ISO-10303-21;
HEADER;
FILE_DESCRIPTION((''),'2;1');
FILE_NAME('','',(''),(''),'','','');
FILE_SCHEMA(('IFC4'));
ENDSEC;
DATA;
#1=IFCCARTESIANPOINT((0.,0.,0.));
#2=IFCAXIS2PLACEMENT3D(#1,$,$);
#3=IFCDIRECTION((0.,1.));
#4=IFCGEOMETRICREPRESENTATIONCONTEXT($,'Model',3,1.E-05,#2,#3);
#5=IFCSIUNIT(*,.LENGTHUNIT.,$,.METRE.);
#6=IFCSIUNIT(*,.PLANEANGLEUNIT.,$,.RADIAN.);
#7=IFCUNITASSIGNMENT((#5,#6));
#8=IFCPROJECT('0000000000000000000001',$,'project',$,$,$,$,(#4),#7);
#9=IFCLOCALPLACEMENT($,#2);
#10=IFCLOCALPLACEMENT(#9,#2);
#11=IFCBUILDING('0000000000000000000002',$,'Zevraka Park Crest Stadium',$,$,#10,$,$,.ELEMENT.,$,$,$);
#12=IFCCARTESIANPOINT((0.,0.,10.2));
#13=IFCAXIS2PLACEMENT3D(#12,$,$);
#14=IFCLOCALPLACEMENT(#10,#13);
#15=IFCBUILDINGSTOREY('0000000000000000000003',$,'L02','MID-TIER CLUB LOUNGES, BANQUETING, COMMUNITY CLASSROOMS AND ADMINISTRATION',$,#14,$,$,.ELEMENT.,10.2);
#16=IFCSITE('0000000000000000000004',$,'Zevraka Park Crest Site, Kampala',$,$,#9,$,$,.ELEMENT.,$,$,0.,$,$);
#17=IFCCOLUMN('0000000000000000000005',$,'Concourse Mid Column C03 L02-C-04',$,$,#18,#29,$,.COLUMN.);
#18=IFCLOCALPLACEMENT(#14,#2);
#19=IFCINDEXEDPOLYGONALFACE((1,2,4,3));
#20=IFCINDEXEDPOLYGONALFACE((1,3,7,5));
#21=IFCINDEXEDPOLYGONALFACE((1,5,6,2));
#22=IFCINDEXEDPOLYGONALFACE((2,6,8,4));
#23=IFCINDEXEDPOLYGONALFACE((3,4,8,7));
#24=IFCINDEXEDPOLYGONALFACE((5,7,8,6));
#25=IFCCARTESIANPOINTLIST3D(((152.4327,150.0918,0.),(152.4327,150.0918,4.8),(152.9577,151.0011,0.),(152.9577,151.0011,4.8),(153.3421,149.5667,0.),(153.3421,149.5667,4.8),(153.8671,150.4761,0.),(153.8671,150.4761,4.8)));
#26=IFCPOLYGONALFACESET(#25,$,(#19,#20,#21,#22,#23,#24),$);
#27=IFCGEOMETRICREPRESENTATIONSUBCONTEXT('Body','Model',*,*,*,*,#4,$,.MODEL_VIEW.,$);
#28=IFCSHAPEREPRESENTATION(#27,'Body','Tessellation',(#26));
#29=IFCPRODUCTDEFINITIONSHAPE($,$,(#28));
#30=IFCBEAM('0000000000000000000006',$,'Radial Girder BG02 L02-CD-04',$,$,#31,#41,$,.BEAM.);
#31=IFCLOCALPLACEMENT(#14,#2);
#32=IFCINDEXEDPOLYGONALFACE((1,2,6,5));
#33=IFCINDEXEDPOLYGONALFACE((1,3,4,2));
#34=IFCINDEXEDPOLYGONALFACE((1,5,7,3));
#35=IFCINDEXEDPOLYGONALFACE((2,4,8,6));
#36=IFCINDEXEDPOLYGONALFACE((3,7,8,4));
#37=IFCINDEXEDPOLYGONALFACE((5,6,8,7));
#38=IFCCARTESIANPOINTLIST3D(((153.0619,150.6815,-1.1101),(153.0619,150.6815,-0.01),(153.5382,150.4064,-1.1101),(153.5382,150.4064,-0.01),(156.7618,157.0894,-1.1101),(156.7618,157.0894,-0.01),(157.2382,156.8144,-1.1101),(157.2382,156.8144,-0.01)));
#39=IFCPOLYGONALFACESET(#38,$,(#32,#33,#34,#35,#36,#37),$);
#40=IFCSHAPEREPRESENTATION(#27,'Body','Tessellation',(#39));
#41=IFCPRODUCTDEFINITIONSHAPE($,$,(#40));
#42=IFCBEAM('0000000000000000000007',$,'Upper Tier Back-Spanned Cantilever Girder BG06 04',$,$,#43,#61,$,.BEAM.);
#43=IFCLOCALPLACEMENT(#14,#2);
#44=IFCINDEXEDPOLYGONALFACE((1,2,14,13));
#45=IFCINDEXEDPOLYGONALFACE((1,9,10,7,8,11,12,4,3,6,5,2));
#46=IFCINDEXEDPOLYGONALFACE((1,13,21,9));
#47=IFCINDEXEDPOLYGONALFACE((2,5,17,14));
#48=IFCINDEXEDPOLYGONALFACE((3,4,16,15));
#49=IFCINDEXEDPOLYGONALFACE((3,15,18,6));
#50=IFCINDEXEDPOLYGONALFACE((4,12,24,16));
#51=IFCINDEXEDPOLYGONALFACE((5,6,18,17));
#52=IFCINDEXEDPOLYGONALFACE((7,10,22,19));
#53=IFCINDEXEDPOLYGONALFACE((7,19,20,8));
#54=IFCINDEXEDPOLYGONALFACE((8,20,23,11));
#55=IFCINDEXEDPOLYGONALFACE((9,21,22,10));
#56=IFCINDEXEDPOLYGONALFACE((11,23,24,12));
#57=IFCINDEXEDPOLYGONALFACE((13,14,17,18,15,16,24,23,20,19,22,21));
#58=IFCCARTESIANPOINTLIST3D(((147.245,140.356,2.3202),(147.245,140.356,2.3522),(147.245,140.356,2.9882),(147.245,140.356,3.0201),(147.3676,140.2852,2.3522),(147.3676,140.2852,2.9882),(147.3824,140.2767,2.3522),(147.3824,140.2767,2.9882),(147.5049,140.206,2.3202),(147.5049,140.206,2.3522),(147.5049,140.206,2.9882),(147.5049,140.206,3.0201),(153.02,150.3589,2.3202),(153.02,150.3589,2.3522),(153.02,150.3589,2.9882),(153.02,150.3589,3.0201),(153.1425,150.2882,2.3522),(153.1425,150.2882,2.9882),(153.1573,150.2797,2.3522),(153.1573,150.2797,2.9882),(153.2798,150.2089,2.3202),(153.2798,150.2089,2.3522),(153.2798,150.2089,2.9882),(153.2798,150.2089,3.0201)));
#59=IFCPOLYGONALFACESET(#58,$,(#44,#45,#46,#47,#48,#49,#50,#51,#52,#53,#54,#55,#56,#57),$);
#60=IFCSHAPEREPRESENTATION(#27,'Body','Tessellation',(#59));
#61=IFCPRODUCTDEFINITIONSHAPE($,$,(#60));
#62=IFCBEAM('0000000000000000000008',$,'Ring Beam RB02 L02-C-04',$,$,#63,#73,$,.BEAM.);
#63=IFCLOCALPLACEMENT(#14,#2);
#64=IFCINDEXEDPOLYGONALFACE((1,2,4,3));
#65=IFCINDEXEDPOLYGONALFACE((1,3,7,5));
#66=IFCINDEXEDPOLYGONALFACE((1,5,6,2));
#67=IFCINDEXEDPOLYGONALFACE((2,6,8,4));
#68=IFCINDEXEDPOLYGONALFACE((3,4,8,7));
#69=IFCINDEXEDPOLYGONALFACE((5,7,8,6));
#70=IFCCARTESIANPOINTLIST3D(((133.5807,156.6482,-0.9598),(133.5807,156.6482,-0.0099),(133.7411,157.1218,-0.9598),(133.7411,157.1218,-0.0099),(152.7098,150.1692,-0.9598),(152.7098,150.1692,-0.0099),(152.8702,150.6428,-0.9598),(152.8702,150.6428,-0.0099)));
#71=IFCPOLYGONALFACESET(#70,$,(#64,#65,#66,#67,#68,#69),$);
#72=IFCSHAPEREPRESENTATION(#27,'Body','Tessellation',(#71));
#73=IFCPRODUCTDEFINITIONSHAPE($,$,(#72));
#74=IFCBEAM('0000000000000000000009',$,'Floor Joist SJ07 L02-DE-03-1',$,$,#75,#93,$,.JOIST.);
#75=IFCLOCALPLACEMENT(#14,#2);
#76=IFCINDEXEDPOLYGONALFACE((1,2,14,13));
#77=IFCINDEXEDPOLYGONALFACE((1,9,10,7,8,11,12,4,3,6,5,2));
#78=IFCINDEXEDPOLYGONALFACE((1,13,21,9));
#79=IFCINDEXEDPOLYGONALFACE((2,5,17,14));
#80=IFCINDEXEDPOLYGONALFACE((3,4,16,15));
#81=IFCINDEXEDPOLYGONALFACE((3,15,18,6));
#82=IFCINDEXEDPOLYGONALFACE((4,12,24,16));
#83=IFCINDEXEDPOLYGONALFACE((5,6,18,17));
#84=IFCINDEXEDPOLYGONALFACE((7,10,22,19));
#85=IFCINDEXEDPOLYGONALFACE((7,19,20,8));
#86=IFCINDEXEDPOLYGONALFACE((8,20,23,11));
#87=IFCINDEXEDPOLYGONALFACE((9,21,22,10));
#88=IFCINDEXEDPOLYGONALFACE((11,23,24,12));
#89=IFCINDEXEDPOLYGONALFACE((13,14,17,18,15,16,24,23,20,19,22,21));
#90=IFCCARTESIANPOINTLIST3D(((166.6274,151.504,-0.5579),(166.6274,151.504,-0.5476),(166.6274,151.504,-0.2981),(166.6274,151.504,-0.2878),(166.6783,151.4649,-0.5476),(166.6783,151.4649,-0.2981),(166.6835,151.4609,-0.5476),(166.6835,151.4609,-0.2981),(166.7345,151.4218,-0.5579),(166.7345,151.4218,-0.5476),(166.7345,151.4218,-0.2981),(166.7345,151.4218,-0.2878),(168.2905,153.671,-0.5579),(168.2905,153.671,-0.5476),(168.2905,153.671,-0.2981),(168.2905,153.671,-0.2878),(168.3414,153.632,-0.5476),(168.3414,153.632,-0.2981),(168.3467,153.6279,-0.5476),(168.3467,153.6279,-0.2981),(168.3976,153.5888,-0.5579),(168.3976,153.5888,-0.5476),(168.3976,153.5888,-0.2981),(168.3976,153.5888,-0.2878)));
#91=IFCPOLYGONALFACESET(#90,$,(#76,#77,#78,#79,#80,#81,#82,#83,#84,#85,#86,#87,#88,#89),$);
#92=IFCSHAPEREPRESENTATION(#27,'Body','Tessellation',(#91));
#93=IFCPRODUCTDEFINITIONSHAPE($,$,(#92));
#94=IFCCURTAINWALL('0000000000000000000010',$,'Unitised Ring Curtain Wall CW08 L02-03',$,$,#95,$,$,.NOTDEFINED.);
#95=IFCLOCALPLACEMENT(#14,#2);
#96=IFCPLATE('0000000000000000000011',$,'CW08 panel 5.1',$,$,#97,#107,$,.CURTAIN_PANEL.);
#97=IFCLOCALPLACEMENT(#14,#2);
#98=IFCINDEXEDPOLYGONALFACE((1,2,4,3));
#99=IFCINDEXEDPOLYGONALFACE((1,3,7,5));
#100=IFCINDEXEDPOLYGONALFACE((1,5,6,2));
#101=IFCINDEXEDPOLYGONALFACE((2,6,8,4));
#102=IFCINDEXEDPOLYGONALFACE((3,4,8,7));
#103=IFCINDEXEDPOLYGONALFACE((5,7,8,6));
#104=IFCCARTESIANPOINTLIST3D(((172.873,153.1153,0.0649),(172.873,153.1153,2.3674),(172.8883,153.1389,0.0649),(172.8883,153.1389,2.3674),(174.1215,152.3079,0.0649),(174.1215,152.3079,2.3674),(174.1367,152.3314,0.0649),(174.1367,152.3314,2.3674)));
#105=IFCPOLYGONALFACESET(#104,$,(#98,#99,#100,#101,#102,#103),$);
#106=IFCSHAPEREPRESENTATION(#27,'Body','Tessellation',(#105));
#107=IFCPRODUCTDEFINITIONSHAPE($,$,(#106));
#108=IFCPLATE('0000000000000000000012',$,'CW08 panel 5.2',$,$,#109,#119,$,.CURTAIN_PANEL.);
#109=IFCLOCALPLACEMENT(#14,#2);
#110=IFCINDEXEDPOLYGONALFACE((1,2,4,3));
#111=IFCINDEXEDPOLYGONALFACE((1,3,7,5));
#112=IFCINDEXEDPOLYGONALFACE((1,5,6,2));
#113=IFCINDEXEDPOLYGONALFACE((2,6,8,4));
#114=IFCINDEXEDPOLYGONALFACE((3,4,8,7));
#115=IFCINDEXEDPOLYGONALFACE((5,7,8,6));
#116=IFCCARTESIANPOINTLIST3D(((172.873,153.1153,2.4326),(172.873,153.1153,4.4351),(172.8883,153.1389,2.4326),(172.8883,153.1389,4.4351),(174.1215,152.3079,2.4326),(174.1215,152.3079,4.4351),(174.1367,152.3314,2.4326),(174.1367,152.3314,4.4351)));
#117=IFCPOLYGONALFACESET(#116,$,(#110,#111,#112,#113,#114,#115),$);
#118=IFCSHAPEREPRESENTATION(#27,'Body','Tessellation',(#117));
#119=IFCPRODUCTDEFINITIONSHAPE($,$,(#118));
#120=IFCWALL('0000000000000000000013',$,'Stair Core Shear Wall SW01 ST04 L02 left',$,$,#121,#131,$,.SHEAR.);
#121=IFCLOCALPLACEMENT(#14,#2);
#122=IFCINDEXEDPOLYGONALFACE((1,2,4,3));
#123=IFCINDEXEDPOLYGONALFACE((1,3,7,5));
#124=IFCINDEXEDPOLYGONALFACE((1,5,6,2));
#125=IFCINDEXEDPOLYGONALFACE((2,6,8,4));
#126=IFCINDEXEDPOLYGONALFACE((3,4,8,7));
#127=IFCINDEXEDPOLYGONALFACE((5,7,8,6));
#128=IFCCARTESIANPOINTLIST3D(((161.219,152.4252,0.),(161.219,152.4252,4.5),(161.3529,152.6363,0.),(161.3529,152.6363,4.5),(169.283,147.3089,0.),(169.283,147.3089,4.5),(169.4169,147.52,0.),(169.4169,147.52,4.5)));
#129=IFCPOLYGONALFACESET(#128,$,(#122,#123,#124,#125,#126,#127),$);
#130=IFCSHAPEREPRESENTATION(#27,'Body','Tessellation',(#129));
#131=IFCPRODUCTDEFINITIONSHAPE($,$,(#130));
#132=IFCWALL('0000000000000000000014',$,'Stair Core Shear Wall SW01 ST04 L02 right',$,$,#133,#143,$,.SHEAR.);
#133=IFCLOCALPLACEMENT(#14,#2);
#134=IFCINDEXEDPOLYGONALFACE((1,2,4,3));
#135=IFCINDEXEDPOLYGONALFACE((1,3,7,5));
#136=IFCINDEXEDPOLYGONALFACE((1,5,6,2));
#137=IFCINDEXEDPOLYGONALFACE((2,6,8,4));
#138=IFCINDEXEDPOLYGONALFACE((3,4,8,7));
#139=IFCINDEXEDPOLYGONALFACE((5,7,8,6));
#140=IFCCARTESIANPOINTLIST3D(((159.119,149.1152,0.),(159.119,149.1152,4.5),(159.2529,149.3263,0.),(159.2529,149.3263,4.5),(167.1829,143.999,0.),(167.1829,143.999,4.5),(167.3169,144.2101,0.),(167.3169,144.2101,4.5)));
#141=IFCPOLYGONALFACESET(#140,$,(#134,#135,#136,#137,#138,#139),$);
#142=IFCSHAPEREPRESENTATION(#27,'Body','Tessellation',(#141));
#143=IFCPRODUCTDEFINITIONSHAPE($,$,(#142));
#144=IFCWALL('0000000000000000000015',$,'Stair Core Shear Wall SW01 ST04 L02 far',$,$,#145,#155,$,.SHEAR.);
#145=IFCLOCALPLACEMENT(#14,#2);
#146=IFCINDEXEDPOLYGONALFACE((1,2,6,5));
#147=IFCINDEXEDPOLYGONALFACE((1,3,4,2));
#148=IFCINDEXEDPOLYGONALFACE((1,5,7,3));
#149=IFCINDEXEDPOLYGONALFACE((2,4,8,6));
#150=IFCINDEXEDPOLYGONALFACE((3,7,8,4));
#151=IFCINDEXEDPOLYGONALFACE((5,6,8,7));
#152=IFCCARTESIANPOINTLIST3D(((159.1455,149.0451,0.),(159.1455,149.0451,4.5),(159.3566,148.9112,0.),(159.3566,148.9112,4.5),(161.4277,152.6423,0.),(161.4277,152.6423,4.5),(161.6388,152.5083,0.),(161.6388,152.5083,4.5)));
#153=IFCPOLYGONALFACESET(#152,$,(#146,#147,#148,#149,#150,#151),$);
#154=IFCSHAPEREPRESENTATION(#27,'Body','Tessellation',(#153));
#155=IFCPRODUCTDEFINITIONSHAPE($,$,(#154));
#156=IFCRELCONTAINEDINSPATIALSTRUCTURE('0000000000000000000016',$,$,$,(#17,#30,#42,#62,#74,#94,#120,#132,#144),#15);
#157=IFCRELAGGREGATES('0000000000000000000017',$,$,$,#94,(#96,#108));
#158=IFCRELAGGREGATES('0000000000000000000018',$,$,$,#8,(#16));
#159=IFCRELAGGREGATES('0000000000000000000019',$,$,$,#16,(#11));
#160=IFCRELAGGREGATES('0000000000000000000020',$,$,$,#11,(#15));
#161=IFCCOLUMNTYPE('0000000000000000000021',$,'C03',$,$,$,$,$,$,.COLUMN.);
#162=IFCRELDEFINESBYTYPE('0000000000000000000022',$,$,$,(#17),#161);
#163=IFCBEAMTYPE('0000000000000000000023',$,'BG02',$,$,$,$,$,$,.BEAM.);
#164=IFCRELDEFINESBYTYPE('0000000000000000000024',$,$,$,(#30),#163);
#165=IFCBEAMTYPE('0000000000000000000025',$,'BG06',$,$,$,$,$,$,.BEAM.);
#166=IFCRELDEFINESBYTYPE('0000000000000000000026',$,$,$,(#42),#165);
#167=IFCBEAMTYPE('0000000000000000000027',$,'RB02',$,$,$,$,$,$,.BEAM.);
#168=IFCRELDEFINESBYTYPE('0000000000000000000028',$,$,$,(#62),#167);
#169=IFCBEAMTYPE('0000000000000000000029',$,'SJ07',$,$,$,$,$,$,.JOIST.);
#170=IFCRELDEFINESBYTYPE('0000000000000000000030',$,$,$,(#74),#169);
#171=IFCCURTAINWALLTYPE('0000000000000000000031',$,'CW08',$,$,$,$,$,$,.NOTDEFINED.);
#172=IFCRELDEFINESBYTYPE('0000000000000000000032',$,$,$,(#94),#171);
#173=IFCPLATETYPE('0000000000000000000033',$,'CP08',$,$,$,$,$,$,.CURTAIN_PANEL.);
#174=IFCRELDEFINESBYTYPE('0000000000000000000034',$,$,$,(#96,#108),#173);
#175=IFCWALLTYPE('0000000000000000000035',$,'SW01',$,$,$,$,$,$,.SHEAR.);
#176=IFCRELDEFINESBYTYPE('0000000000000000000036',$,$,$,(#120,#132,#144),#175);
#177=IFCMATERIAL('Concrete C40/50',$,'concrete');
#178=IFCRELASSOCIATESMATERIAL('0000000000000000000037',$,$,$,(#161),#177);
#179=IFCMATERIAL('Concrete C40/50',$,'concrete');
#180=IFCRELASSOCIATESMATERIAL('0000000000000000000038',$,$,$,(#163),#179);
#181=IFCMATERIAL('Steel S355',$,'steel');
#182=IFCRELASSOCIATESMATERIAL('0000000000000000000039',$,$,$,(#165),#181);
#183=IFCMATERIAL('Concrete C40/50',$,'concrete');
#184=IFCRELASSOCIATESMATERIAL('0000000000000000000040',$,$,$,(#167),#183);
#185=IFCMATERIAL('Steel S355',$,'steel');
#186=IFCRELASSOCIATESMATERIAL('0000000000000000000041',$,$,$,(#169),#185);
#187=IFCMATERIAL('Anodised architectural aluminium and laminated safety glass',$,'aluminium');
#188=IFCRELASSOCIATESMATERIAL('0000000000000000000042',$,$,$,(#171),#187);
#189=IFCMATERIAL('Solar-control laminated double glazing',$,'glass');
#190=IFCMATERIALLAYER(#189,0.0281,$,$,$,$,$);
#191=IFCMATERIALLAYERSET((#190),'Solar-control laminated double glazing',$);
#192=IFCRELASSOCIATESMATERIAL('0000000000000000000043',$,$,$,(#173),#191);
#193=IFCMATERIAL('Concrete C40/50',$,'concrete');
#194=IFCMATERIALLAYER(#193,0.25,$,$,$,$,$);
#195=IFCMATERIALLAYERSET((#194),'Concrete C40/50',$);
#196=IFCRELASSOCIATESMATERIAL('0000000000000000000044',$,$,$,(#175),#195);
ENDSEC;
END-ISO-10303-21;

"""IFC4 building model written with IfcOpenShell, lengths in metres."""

from ifc_helpers import new_model, si_unit, direction, frame, frame_2d, origin, origin_2d, place, context, subcontext, project, spatial, rectangle, i_section, extrude, material, layer, layer_set, material_profile, profile_set, type_object, element, aggregate, save


model = new_model("IFC4")

# Units and contexts
model_context = context("Model", 3, precision=1e-05, world=origin(), true_north=direction((0.0, 1.0)))
body_context = subcontext(model_context, "Body", "Model", "MODEL_VIEW")
ifc_project = project(units=[si_unit("LENGTHUNIT", "METRE"), si_unit("PLANEANGLEUNIT", "RADIAN")], contexts=[model_context])

# Site, building, storey
site_placement = place(None, origin())
site = spatial("IfcSite", under=ifc_project, at=site_placement, Name="Zevraka Park Crest Site, Kampala", CompositionType="ELEMENT", RefElevation=0.0)
building_placement = place(site_placement, origin())
building = spatial("IfcBuilding", under=site, at=building_placement, Name="Zevraka Park Crest Stadium", CompositionType="ELEMENT")
storey_placement = place(building_placement, frame((0.0, 0.0, 10.2)))
storey = spatial("IfcBuildingStorey", under=building, at=storey_placement, Name="L02", Description="MID-TIER CLUB LOUNGES, BANQUETING, COMMUNITY CLASSROOMS AND ADMINISTRATION", CompositionType="ELEMENT", Elevation=10.2)

# Column
ifc_material_1 = material(Name="Concrete C40/50", Category="concrete")
ifc_material_profile_1 = material_profile(ifc_material_1, rectangle(XDim=1.05, YDim=1.05, at=origin_2d()), Name="RC 1050x1050")
ifc_profile_set_1 = profile_set([ifc_material_profile_1], Name="Concrete C40/50")
column_type = type_object("IfcColumnType", Name="C03", PredefinedType="COLUMN", material=ifc_profile_set_1)
column_placement = place(storey_placement, frame((153.1499, 150.2839, 0.0), z_axis=(0.0, 0.0, 1.0), x_axis=(0.5, 0.866025, 0.0)))
element("IfcColumn", 1, at=column_placement, inside=storey, type_object=column_type, Name="Concourse Mid Column C03 L02-C-04", PredefinedType="COLUMN", context=body_context, shape_type="SweptSolid", body=[
    extrude(rectangle(XDim=1.05, YDim=1.05, at=origin_2d()), origin(), (0.0, 0.0, 1.0), 4.8),
])

# Beams
ifc_material_2 = material(Name="Concrete C40/50", Category="concrete")
ifc_material_profile_2 = material_profile(ifc_material_2, rectangle(XDim=0.55, YDim=1.1001, at=origin_2d()), Name="RC 1100x550")
ifc_profile_set_2 = profile_set([ifc_material_profile_2], Name="Concrete C40/50")
beam_type_1 = type_object("IfcBeamType", Name="BG02", PredefinedType="BEAM", material=ifc_profile_set_2)
beam_1_placement = place(storey_placement, frame((153.3, 150.5439, -0.5601), z_axis=(0.500032, 0.866007, 0.0), x_axis=(-0.866007, 0.500032, 0.0)))
element("IfcBeam", 2, at=beam_1_placement, inside=storey, type_object=beam_type_1, Name="Radial Girder BG02 L02-CD-04", PredefinedType="BEAM", context=body_context, shape_type="SweptSolid", body=[
    extrude(rectangle(XDim=0.55, YDim=1.1001, at=origin_2d()), origin(), (0.0, 0.0, 1.0), 7.3994),
])
ifc_material_3 = material(Name="Steel S355", Category="steel")
ifc_material_profile_3 = material_profile(ifc_material_3, i_section(OverallWidth=0.3, OverallDepth=0.7, WebThickness=0.0171, FlangeThickness=0.032, at=origin_2d()), Name="HEB 700")
ifc_profile_set_3 = profile_set([ifc_material_profile_3], Name="Steel S355")
beam_type_2 = type_object("IfcBeamType", Name="BG06", PredefinedType="BEAM", material=ifc_profile_set_3)
beam_2_placement = place(storey_placement, frame((153.1499, 150.2839, 2.6702), z_axis=(-0.499981, -0.866036, 0.0), x_axis=(0.866036, -0.499981, 0.0)))
element("IfcBeam", 3, at=beam_2_placement, inside=storey, type_object=beam_type_2, Name="Upper Tier Back-Spanned Cantilever Girder BG06 04", PredefinedType="BEAM", context=body_context, shape_type="SweptSolid", body=[
    extrude(i_section(OverallWidth=0.3, OverallDepth=0.7, WebThickness=0.0171, FlangeThickness=0.032, at=origin_2d()), origin(), (0.0, 0.0, 1.0), 11.5503),
])
ifc_material_4 = material(Name="Concrete C40/50", Category="concrete")
ifc_material_profile_4 = material_profile(ifc_material_4, rectangle(XDim=0.5, YDim=0.95, at=origin_2d()), Name="RC 950x500")
ifc_profile_set_4 = profile_set([ifc_material_profile_4], Name="Concrete C40/50")
beam_type_3 = type_object("IfcBeamType", Name="RB02", PredefinedType="BEAM", material=ifc_profile_set_4)
beam_3_placement = place(storey_placement, frame((152.79, 150.406, -0.4849), z_axis=(-0.947148, 0.320797, 0.0), x_axis=(-0.320797, -0.947148, 0.0)))
element("IfcBeam", 4, at=beam_3_placement, inside=storey, type_object=beam_type_3, Name="Ring Beam RB02 L02-C-04", PredefinedType="BEAM", context=body_context, shape_type="SweptSolid", body=[
    extrude(rectangle(XDim=0.5, YDim=0.95, at=origin_2d()), origin(), (0.0, 0.0, 1.0), 20.1965),
])
ifc_material_5 = material(Name="Steel S355", Category="steel")
ifc_material_profile_5 = material_profile(ifc_material_5, i_section(OverallWidth=0.135, OverallDepth=0.27, WebThickness=0.0066, FlangeThickness=0.0103, at=origin_2d()), Name="IPE 270")
ifc_profile_set_5 = profile_set([ifc_material_profile_5], Name="Steel S355")
beam_type_4 = type_object("IfcBeamType", Name="SJ07", PredefinedType="JOIST", material=ifc_profile_set_5)
beam_4_placement = place(storey_placement, frame((166.6809, 151.4629, -0.4229), z_axis=(0.608829, 0.793301, 0.0), x_axis=(-0.793301, 0.608829, 0.0)))
element("IfcBeam", 5, at=beam_4_placement, inside=storey, type_object=beam_type_4, Name="Floor Joist SJ07 L02-DE-03-1", PredefinedType="JOIST", context=body_context, shape_type="SweptSolid", body=[
    extrude(i_section(OverallWidth=0.135, OverallDepth=0.27, WebThickness=0.0066, FlangeThickness=0.0103, at=origin_2d()), origin(), (0.0, 0.0, 1.0), 2.7317),
])

# Curtain wall, plates
ifc_material_6 = material(Name="Anodised architectural aluminium and laminated safety glass", Category="aluminium")
curtain_wall_type = type_object("IfcCurtainWallType", Name="CW08", PredefinedType="NOTDEFINED", material=ifc_material_6)
curtain_wall_placement = place(storey_placement, origin())
curtain_wall = element("IfcCurtainWall", 6, at=curtain_wall_placement, inside=storey, type_object=curtain_wall_type, Name="Unitised Ring Curtain Wall CW08 L02-03", PredefinedType="NOTDEFINED")
ifc_material_7 = material(Name="Solar-control laminated double glazing", Category="glass")
ifc_layer_1 = layer(ifc_material_7, 0.0281)
ifc_layer_set_1 = layer_set([ifc_layer_1], Name="Solar-control laminated double glazing")
plate_type = type_object("IfcPlateType", Name="CP08", PredefinedType="CURTAIN_PANEL", material=ifc_layer_set_1)
plate_1_placement = place(storey_placement, frame((173.5049, 152.7234, 0.0649), z_axis=(0.0, 0.0, 1.0), x_axis=(-0.83967, 0.543096, 0.0)))
plate_1 = element("IfcPlate", 7, at=plate_1_placement, type_object=plate_type, Name="CW08 panel 5.1", PredefinedType="CURTAIN_PANEL", context=body_context, shape_type="SweptSolid", body=[
    extrude(rectangle(XDim=1.4868, YDim=0.0281, at=origin_2d()), origin(), (0.0, 0.0, 1.0), 2.3025),
])
plate_2_placement = place(storey_placement, frame((173.5049, 152.7234, 2.4326), z_axis=(0.0, 0.0, 1.0), x_axis=(-0.83967, 0.543096, 0.0)))
plate_2 = element("IfcPlate", 8, at=plate_2_placement, type_object=plate_type, Name="CW08 panel 5.2", PredefinedType="CURTAIN_PANEL", context=body_context, shape_type="SweptSolid", body=[
    extrude(rectangle(XDim=1.4868, YDim=0.0281, at=origin_2d()), origin(), (0.0, 0.0, 1.0), 2.0024),
])
aggregate(curtain_wall, [plate_1, plate_2])

# Walls
ifc_material_8 = material(Name="Concrete C40/50", Category="concrete")
ifc_layer_2 = layer(ifc_material_8, 0.25)
ifc_layer_set_2 = layer_set([ifc_layer_2], Name="Concrete C40/50")
wall_type = type_object("IfcWallType", Name="SW01", PredefinedType="SHEAR", material=ifc_layer_set_2)
for number, where, z_axis, x_axis, name in (
    (9, (169.3499, 147.4146, 0.0), (0.0, 0.0, 1.0), (-0.844391, 0.535727, 0.0), "Stair Core Shear Wall SW01 ST04 L02 left"),
    (10, (159.186, 149.2207, 0.0), (0.0, 0.0, 1.0), (0.844391, -0.535727, 0.0), "Stair Core Shear Wall SW01 ST04 L02 right"),
):
    element("IfcWall", number, at=place(storey_placement, frame(where, z_axis=z_axis, x_axis=x_axis)), inside=storey, type_object=wall_type, Name=name, PredefinedType="SHEAR", context=body_context, shape_type="SweptSolid", body=[
        extrude(rectangle(XDim=9.55, YDim=0.25, at=frame_2d((4.7749, 0.0))), origin(), (0.0, 0.0, 1.0), 4.5),
    ])
wall_1_placement = place(storey_placement, frame((161.5332, 152.5752, 0.0), z_axis=(0.0, 0.0, 1.0), x_axis=(-0.535725, -0.844392, 0.0)))
element("IfcWall", 11, at=wall_1_placement, inside=storey, type_object=wall_type, Name="Stair Core Shear Wall SW01 ST04 L02 far", PredefinedType="SHEAR", context=body_context, shape_type="SweptSolid", body=[
    extrude(rectangle(XDim=4.26, YDim=0.25, at=frame_2d((2.1299, 0.0))), origin(), (0.0, 0.0, 1.0), 4.5),
])

save(model, "model.ifc")
